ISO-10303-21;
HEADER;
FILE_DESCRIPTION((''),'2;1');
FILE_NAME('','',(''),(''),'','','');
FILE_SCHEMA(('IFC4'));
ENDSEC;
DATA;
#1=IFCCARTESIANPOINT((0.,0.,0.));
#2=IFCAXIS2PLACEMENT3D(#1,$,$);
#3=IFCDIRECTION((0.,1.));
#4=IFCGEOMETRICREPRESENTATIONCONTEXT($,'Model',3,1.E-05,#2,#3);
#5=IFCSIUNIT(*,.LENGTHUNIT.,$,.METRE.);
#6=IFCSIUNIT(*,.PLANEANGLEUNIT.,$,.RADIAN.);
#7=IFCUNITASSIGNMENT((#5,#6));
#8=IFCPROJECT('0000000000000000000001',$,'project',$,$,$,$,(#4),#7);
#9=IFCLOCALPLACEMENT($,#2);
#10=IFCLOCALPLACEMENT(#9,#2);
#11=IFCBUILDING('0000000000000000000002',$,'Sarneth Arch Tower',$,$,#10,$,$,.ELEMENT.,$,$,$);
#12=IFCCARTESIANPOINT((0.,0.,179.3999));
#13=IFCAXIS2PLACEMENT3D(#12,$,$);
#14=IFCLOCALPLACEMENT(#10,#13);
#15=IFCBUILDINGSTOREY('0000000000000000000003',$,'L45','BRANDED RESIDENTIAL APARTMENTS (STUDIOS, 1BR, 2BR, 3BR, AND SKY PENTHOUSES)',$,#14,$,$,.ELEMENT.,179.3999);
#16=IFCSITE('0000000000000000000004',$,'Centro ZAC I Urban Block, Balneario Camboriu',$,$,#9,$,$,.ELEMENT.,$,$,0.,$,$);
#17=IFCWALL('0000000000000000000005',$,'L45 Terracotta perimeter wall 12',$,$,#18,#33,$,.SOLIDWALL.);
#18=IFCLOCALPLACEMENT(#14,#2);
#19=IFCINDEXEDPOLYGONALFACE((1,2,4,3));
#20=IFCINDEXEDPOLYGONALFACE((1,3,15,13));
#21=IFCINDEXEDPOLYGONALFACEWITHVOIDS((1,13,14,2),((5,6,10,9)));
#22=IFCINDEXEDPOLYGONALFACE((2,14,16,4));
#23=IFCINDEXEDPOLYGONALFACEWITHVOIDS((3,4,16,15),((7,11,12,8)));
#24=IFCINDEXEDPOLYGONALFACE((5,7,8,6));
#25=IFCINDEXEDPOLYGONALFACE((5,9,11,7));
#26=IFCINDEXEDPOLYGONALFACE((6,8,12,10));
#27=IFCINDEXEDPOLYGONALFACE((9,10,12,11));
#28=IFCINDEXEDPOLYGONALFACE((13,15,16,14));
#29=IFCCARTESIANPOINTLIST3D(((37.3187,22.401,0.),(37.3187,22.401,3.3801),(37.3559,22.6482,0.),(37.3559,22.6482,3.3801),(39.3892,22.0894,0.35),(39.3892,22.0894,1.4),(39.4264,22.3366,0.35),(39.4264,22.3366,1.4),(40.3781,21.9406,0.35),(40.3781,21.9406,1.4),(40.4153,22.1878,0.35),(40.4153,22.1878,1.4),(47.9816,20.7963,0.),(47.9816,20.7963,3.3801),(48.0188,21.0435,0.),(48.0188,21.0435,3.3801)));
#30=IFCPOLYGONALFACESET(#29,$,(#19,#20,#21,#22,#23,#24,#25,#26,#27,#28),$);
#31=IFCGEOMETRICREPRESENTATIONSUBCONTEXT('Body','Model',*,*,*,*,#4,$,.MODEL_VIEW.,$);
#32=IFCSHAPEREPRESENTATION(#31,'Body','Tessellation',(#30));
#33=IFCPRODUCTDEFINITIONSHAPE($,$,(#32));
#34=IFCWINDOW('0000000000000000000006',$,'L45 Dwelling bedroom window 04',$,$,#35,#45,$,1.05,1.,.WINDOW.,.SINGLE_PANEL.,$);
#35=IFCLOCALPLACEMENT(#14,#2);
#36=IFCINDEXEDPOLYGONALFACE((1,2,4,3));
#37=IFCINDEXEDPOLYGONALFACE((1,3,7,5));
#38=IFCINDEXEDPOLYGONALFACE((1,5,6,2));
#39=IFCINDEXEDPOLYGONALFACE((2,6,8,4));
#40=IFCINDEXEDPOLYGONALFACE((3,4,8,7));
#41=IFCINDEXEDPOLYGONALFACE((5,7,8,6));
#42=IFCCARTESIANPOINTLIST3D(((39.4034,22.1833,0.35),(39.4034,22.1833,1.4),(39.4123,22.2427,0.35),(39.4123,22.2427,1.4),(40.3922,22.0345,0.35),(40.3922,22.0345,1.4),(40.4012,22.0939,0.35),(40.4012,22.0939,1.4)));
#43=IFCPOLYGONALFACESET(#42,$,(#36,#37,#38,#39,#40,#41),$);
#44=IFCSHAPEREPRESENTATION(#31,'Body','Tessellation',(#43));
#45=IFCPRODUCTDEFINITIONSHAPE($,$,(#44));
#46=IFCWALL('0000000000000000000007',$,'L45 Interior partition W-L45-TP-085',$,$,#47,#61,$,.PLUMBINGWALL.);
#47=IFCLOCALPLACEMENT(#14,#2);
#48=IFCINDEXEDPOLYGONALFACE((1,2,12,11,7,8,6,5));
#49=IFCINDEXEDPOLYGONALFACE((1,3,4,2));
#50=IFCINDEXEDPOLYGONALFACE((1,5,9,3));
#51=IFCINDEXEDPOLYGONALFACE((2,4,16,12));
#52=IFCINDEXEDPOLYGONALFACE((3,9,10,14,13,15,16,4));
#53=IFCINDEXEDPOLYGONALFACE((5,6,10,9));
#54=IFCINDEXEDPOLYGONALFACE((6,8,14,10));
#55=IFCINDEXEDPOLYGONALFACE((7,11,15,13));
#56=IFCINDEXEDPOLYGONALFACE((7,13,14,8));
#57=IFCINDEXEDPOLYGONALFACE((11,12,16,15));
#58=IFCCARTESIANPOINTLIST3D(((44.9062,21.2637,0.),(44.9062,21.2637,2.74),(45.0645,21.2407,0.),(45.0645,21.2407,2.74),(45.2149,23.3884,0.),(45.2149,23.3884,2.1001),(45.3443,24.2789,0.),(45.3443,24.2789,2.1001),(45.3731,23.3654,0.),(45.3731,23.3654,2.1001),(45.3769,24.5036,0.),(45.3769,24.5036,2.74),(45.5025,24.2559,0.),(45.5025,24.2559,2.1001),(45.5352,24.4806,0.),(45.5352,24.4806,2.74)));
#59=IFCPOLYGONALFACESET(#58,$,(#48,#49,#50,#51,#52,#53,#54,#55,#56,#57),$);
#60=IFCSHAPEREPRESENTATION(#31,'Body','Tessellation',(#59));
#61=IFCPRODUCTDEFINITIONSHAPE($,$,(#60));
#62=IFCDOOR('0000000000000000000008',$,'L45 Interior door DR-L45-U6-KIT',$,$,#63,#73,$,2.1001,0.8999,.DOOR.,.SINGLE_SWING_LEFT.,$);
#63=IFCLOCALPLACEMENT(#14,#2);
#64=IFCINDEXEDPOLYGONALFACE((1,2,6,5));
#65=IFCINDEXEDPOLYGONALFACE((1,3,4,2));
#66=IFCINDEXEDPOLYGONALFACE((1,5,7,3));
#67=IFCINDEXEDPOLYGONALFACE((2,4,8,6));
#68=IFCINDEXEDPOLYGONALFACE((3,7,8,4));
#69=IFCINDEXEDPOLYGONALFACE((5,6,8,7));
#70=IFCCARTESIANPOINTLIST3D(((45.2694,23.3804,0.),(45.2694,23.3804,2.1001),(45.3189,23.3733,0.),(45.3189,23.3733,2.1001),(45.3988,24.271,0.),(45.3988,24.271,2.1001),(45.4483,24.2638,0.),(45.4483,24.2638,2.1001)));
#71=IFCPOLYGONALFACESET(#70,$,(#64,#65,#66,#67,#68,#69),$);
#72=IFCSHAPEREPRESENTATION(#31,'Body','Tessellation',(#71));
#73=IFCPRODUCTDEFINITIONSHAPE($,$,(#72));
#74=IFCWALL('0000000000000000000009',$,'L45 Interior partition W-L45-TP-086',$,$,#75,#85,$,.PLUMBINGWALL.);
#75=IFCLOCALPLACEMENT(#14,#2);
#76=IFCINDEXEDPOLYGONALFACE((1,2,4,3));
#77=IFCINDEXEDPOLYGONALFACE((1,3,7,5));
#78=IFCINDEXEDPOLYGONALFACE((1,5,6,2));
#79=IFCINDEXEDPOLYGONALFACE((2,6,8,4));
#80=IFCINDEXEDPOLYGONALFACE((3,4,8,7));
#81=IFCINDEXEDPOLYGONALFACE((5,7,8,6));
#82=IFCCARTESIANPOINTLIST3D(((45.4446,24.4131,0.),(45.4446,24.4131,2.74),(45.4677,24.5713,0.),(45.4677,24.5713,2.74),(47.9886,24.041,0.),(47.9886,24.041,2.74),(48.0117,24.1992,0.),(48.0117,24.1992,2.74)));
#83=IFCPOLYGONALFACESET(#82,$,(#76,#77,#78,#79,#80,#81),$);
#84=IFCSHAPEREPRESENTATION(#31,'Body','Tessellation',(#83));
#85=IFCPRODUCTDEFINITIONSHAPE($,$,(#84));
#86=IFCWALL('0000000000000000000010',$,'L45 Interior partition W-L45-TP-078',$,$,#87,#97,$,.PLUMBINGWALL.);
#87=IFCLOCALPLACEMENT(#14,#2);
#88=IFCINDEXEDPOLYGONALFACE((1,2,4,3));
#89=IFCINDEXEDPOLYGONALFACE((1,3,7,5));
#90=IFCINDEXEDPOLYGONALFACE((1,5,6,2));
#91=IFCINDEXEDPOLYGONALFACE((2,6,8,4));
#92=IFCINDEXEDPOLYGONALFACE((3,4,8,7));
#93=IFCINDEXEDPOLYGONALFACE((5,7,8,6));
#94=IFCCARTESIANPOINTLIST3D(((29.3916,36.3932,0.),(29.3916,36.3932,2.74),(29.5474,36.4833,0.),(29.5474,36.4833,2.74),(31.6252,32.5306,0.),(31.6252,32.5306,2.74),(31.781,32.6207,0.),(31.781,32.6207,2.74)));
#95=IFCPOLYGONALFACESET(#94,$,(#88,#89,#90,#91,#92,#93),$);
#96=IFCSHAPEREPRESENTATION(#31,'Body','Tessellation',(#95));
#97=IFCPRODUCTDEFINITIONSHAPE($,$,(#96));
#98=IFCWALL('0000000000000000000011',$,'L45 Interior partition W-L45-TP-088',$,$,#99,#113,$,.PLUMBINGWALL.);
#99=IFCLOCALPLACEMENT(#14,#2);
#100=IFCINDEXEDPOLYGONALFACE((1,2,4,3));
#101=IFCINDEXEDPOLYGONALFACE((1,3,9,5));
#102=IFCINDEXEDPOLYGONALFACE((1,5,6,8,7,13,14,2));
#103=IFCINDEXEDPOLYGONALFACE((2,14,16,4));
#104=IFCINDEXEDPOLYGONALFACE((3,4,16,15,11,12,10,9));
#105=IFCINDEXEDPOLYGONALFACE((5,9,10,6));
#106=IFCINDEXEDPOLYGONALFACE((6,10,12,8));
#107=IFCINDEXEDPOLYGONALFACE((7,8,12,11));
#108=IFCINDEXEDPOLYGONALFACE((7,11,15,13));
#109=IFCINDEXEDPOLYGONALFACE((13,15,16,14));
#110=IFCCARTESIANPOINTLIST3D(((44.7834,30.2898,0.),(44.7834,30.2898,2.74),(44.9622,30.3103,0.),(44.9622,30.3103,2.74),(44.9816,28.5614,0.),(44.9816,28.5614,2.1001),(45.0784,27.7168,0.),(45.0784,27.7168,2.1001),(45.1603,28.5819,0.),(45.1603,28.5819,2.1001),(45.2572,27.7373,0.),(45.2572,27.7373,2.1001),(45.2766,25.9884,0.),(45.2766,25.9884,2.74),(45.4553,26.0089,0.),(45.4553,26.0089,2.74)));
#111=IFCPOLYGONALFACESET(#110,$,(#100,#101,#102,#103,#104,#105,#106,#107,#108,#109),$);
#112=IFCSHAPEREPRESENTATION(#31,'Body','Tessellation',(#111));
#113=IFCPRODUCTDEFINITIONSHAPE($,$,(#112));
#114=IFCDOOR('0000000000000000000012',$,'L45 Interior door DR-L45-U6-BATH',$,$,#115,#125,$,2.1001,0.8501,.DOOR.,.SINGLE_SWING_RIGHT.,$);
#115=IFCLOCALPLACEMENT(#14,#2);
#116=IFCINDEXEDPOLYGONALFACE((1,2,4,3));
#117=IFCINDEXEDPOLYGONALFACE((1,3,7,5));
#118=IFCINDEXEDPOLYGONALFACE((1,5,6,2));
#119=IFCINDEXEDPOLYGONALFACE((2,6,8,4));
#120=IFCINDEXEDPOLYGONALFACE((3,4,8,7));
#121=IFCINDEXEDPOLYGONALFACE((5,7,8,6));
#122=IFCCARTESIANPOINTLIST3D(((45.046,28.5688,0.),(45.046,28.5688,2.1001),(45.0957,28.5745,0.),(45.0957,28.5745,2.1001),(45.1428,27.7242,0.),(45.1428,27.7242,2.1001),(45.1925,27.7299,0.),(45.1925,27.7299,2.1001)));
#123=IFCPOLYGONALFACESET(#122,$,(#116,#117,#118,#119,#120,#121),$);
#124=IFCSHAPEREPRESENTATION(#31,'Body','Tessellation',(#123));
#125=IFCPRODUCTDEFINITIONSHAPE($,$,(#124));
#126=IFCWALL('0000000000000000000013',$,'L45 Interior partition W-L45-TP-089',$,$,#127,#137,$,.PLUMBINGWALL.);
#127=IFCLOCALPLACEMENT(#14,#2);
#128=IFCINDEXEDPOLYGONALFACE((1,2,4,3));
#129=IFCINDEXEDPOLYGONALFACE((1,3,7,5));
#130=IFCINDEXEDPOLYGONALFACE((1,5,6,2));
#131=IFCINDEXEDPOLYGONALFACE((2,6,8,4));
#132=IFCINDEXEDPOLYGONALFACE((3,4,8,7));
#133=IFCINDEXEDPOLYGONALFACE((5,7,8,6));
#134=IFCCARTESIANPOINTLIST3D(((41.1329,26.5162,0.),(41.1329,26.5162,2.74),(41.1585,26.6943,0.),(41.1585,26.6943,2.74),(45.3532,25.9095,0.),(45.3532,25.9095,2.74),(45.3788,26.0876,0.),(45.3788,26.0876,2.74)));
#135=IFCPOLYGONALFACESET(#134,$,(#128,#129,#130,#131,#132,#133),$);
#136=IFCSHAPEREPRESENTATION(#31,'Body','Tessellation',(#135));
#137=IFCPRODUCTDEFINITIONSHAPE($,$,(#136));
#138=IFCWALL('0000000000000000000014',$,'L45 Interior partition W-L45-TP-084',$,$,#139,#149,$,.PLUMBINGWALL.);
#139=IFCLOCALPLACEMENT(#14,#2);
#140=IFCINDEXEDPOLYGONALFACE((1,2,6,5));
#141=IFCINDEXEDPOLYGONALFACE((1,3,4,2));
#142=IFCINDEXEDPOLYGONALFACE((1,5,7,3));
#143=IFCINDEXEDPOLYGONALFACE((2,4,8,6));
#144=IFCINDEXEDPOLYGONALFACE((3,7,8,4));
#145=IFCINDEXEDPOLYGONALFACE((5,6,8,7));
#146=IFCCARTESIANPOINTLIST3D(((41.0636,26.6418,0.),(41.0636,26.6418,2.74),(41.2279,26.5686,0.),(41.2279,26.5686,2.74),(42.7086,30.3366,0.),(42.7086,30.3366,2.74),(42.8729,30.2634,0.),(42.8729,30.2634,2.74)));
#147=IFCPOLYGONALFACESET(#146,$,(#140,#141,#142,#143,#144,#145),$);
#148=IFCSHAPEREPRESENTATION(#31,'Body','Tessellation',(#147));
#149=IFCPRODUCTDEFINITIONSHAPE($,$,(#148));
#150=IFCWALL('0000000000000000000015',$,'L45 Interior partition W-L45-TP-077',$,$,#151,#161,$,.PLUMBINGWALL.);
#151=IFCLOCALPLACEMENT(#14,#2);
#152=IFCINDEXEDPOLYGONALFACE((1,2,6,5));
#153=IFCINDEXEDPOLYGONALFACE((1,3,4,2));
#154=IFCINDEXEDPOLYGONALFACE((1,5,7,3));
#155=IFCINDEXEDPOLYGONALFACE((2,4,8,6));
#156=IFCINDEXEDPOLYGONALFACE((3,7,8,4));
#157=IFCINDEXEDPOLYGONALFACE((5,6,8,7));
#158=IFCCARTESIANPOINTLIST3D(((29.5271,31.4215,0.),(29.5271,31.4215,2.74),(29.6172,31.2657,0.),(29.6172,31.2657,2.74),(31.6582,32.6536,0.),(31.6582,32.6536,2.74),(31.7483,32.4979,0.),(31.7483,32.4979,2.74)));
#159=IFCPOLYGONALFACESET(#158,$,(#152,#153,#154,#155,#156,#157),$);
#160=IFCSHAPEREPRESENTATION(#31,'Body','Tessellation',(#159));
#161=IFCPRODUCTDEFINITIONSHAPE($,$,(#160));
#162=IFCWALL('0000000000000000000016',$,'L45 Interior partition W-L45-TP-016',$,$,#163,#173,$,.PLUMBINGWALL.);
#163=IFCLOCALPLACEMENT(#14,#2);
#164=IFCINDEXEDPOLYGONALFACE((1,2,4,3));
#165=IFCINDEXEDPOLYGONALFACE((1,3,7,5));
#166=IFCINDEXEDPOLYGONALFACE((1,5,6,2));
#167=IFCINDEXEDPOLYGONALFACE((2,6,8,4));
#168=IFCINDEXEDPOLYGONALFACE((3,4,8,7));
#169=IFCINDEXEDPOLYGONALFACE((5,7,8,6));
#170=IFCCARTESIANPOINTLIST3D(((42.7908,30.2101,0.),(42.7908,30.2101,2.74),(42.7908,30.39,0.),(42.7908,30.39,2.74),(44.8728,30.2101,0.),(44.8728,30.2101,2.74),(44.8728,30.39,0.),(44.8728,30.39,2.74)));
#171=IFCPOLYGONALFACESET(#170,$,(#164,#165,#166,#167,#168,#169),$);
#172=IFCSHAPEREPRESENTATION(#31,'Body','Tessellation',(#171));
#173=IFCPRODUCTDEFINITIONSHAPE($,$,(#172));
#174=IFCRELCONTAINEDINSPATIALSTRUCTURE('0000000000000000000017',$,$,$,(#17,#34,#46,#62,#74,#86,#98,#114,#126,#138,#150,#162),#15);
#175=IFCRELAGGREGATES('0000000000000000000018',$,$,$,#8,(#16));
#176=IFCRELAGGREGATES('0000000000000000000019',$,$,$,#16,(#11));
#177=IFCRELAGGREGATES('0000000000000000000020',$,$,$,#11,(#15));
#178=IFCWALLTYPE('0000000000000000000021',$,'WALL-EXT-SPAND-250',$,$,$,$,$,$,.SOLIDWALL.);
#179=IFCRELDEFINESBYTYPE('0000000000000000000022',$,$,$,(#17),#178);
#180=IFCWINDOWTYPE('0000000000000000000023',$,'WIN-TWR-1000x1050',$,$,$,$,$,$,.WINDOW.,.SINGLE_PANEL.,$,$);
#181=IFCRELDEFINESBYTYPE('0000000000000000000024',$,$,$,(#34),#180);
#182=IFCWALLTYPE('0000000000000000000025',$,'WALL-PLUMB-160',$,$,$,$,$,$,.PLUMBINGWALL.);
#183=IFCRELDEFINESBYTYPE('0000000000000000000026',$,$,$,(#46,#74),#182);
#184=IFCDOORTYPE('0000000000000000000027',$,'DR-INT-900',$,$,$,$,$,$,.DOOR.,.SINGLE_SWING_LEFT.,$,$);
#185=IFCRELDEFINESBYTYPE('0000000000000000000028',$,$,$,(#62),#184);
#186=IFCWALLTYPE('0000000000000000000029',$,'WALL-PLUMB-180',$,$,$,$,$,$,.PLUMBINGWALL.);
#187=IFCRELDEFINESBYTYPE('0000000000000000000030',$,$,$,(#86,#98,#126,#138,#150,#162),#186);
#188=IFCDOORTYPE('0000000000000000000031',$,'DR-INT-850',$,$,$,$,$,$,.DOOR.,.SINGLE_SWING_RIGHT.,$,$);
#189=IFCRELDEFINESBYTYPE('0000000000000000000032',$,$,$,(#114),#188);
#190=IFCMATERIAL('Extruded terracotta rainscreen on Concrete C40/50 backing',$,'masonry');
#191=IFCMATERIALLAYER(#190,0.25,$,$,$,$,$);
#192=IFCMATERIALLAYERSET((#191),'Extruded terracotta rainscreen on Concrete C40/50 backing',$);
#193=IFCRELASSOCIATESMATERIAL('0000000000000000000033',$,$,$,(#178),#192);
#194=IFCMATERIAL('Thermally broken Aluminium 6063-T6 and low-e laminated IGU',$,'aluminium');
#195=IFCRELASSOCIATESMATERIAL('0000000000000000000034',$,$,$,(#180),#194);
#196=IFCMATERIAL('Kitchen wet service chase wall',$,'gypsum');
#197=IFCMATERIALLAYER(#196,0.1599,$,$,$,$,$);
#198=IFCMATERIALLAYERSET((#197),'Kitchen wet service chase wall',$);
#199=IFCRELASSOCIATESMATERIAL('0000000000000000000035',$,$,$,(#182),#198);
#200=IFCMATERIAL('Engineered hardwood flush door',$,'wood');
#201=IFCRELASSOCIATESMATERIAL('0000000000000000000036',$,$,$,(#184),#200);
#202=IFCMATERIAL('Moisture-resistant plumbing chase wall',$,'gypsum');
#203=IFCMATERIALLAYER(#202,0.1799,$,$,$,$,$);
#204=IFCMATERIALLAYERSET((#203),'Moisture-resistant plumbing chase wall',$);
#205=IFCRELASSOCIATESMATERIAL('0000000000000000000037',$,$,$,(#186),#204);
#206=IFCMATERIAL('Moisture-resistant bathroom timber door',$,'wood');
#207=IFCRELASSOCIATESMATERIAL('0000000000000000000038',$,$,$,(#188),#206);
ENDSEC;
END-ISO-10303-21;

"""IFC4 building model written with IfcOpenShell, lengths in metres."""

from ifc_helpers import new_model, si_unit, direction, frame, frame_2d, origin, place, context, subcontext, project, spatial, rectangle, extrude, material, layer, layer_set, type_object, element, fill, save


model = new_model("IFC4")

# Units and contexts
model_context = context("Model", 3, precision=1e-05, world=origin(), true_north=direction((0.0, 1.0)))
body_context = subcontext(model_context, "Body", "Model", "MODEL_VIEW")
ifc_project = project(units=[si_unit("LENGTHUNIT", "METRE"), si_unit("PLANEANGLEUNIT", "RADIAN")], contexts=[model_context])

# Site, building, storey
site_placement = place(None, origin())
site = spatial("IfcSite", under=ifc_project, at=site_placement, Name="Centro ZAC I Urban Block, Balneario Camboriu", CompositionType="ELEMENT", RefElevation=0.0)
building_placement = place(site_placement, origin())
building = spatial("IfcBuilding", under=site, at=building_placement, Name="Sarneth Arch Tower", CompositionType="ELEMENT")
storey_placement = place(building_placement, frame((0.0, 0.0, 179.3999)))
storey = spatial("IfcBuildingStorey", under=building, at=storey_placement, Name="L45", Description="BRANDED RESIDENTIAL APARTMENTS (STUDIOS, 1BR, 2BR, 3BR, AND SKY PENTHOUSES)", CompositionType="ELEMENT", Elevation=179.3999)

# Wall, opening, window
ifc_material_1 = material(Name="Extruded terracotta rainscreen on Concrete C40/50 backing", Category="masonry")
ifc_layer_1 = layer(ifc_material_1, 0.25)
ifc_layer_set_1 = layer_set([ifc_layer_1], Name="Extruded terracotta rainscreen on Concrete C40/50 backing")
wall_type_1 = type_object("IfcWallType", Name="WALL-EXT-SPAND-250", PredefinedType="SOLIDWALL", material=ifc_layer_set_1)
wall_1_placement = place(storey_placement, frame((37.3372, 22.5247, 0.0), z_axis=(0.0, 0.0, 1.0), x_axis=(0.988864, -0.148822, 0.0)))
wall_1 = element("IfcWall", 1, at=wall_1_placement, inside=storey, type_object=wall_type_1, Name="L45 Terracotta perimeter wall 12", PredefinedType="SOLIDWALL", context=body_context, shape_type="SweptSolid", body=[
    extrude(rectangle(XDim=10.783, YDim=0.25, at=frame_2d((5.3916, 0.0))), origin(), (0.0, 0.0, 1.0), 3.3801),
])
opening_1_placement = place(wall_1_placement, frame((2.094, 0.0, 0.3501)))
opening_1 = element("IfcOpeningElement", 2, at=opening_1_placement, cuts=wall_1, PredefinedType="OPENING", context=body_context, shape_type="SweptSolid", body=[
    extrude(rectangle(XDim=1.0, YDim=1.05, at=frame_2d((0.5, 0.5249))), frame((0.0, 0.135, 0.0), z_axis=(0.0, -1.0, 0.0), x_axis=(1.0, 0.0, 0.0)), (0.0, 0.0, 1.0), 0.27),
])
ifc_material_2 = material(Name="Thermally broken Aluminium 6063-T6 and low-e laminated IGU", Category="aluminium")
window_type = type_object("IfcWindowType", Name="WIN-TWR-1000x1050", PartitioningType="SINGLE_PANEL", PredefinedType="WINDOW", material=ifc_material_2)
window_placement = place(opening_1_placement, origin())
window = element("IfcWindow", 3, at=window_placement, inside=storey, type_object=window_type, Name="L45 Dwelling bedroom window 04", OverallHeight=1.05, OverallWidth=1.0, PartitioningType="SINGLE_PANEL", PredefinedType="WINDOW", context=body_context, shape_type="SweptSolid", body=[
    extrude(rectangle(XDim=1.0, YDim=1.05, at=frame_2d((0.5, 0.5249))), frame((0.0, 0.03, 0.0), z_axis=(0.0, -1.0, 0.0), x_axis=(1.0, 0.0, 0.0)), (0.0, 0.0, 1.0), 0.0601),
])
fill(opening_1, window)

# Wall, opening, door
ifc_material_3 = material(Name="Kitchen wet service chase wall", Category="gypsum")
ifc_layer_2 = layer(ifc_material_3, 0.1599)
ifc_layer_set_2 = layer_set([ifc_layer_2], Name="Kitchen wet service chase wall")
wall_type_2 = type_object("IfcWallType", Name="WALL-PLUMB-160", PredefinedType="PLUMBINGWALL", material=ifc_layer_set_2)
wall_2_placement = place(storey_placement, frame((44.9854, 21.2522, 0.0), z_axis=(0.0, 0.0, 1.0), x_axis=(0.14377, 0.989611, 0.0)))
wall_2 = element("IfcWall", 4, at=wall_2_placement, inside=storey, type_object=wall_type_2, Name="L45 Interior partition W-L45-TP-085", PredefinedType="PLUMBINGWALL", context=body_context, shape_type="SweptSolid", body=[
    extrude(rectangle(XDim=3.2739, YDim=0.1599, at=frame_2d((1.637, 0.0))), origin(), (0.0, 0.0, 1.0), 2.74),
])
opening_2_placement = place(wall_2_placement, frame((2.147, 0.0, 0.0)))
opening_2 = element("IfcOpeningElement", 5, at=opening_2_placement, cuts=wall_2, PredefinedType="OPENING", context=body_context, shape_type="SweptSolid", body=[
    extrude(rectangle(XDim=0.8999, YDim=2.1001, at=frame_2d((0.45, 1.05))), frame((0.0, 0.0898, 0.0), z_axis=(0.0, -1.0, 0.0), x_axis=(1.0, 0.0, 0.0)), (0.0, 0.0, 1.0), 0.1799),
])
ifc_material_4 = material(Name="Engineered hardwood flush door", Category="wood")
door_type_1 = type_object("IfcDoorType", Name="DR-INT-900", OperationType="SINGLE_SWING_LEFT", PredefinedType="DOOR", material=ifc_material_4)
door_1_placement = place(opening_2_placement, origin())
door_1 = element("IfcDoor", 6, at=door_1_placement, inside=storey, type_object=door_type_1, Name="L45 Interior door DR-L45-U6-KIT", OperationType="SINGLE_SWING_LEFT", OverallHeight=2.1001, OverallWidth=0.8999, PredefinedType="DOOR", context=body_context, shape_type="SweptSolid", body=[
    extrude(rectangle(XDim=0.8999, YDim=2.1001, at=frame_2d((0.45, 1.05))), frame((0.0, 0.0249, 0.0), z_axis=(0.0, -1.0, 0.0), x_axis=(1.0, 0.0, 0.0)), (0.0, 0.0, 1.0), 0.05),
])
fill(opening_2, door_1)

# Walls
wall_3_placement = place(storey_placement, frame((45.4561, 24.4922, 0.0), z_axis=(0.0, 0.0, 1.0), x_axis=(0.989473, -0.144718, 0.0)))
element("IfcWall", 7, at=wall_3_placement, inside=storey, type_object=wall_type_2, Name="L45 Interior partition W-L45-TP-086", PredefinedType="PLUMBINGWALL", context=body_context, shape_type="SweptSolid", body=[
    extrude(rectangle(XDim=2.571, YDim=0.1599, at=frame_2d((1.2856, 0.0))), origin(), (0.0, 0.0, 1.0), 2.74),
])
ifc_material_5 = material(Name="Moisture-resistant plumbing chase wall", Category="gypsum")
ifc_layer_3 = layer(ifc_material_5, 0.1799)
ifc_layer_set_3 = layer_set([ifc_layer_3], Name="Moisture-resistant plumbing chase wall")
wall_type_3 = type_object("IfcWallType", Name="WALL-PLUMB-180", PredefinedType="PLUMBINGWALL", material=ifc_layer_set_3)
wall_4_placement = place(storey_placement, frame((31.7031, 32.5757, 0.0), z_axis=(0.0, 0.0, 1.0), x_axis=(-0.500605, 0.865676, 0.0)))
element("IfcWall", 8, at=wall_4_placement, inside=storey, type_object=wall_type_3, Name="L45 Interior partition W-L45-TP-078", PredefinedType="PLUMBINGWALL", context=body_context, shape_type="SweptSolid", body=[
    extrude(rectangle(XDim=4.4619, YDim=0.1799, at=frame_2d((2.231, 0.0))), origin(), (0.0, 0.0, 1.0), 2.74),
])

# Wall, opening, door
wall_5_placement = place(storey_placement, frame((44.8728, 30.3, 0.0), z_axis=(0.0, 0.0, 1.0), x_axis=(0.113903, -0.993492, 0.0)))
wall_5 = element("IfcWall", 9, at=wall_5_placement, inside=storey, type_object=wall_type_3, Name="L45 Interior partition W-L45-TP-088", PredefinedType="PLUMBINGWALL", context=body_context, shape_type="SweptSolid", body=[
    extrude(rectangle(XDim=4.3296, YDim=0.1799, at=frame_2d((2.1648, 0.0))), origin(), (0.0, 0.0, 1.0), 2.74),
])
opening_3_placement = place(wall_5_placement, frame((1.7397, 0.0, 0.0)))
opening_3 = element("IfcOpeningElement", 10, at=opening_3_placement, cuts=wall_5, PredefinedType="OPENING", context=body_context, shape_type="SweptSolid", body=[
    extrude(rectangle(XDim=0.8501, YDim=2.1001, at=frame_2d((0.425, 1.05))), frame((0.0, 0.0999, 0.0), z_axis=(0.0, -1.0, 0.0), x_axis=(1.0, 0.0, 0.0)), (0.0, 0.0, 1.0), 0.2),
])
ifc_material_6 = material(Name="Moisture-resistant bathroom timber door", Category="wood")
door_type_2 = type_object("IfcDoorType", Name="DR-INT-850", OperationType="SINGLE_SWING_RIGHT", PredefinedType="DOOR", material=ifc_material_6)
door_2_placement = place(opening_3_placement, origin())
door_2 = element("IfcDoor", 11, at=door_2_placement, inside=storey, type_object=door_type_2, Name="L45 Interior door DR-L45-U6-BATH", OperationType="SINGLE_SWING_RIGHT", OverallHeight=2.1001, OverallWidth=0.8501, PredefinedType="DOOR", context=body_context, shape_type="SweptSolid", body=[
    extrude(rectangle(XDim=0.8501, YDim=2.1001, at=frame_2d((0.425, 1.05))), frame((0.0, 0.0249, 0.0), z_axis=(0.0, -1.0, 0.0), x_axis=(1.0, 0.0, 0.0)), (0.0, 0.0, 1.0), 0.05),
])
fill(opening_3, door_2)

# Walls
wall_6_placement = place(storey_placement, frame((45.366, 25.9985, 0.0), z_axis=(0.0, 0.0, 1.0), x_axis=(-0.989824, 0.142295, 0.0)))
element("IfcWall", 12, at=wall_6_placement, inside=storey, type_object=wall_type_3, Name="L45 Interior partition W-L45-TP-089", PredefinedType="PLUMBINGWALL", context=body_context, shape_type="SweptSolid", body=[
    extrude(rectangle(XDim=4.2637, YDim=0.1799, at=frame_2d((2.1318, 0.0))), origin(), (0.0, 0.0, 1.0), 2.74),
])
wall_7_placement = place(storey_placement, frame((41.1458, 26.6052, 0.0), z_axis=(0.0, 0.0, 1.0), x_axis=(0.406732, 0.913547, 0.0)))
element("IfcWall", 13, at=wall_7_placement, inside=storey, type_object=wall_type_3, Name="L45 Interior partition W-L45-TP-084", PredefinedType="PLUMBINGWALL", context=body_context, shape_type="SweptSolid", body=[
    extrude(rectangle(XDim=4.0444, YDim=0.1799, at=frame_2d((2.0222, 0.0))), origin(), (0.0, 0.0, 1.0), 2.74),
])
wall_8_placement = place(storey_placement, frame((29.572, 31.3435, 0.0), z_axis=(0.0, 0.0, 1.0), x_axis=(0.865711, 0.500544, 0.0)))
element("IfcWall", 14, at=wall_8_placement, inside=storey, type_object=wall_type_3, Name="L45 Interior partition W-L45-TP-077", PredefinedType="PLUMBINGWALL", context=body_context, shape_type="SweptSolid", body=[
    extrude(rectangle(XDim=2.4617, YDim=0.1799, at=frame_2d((1.231, 0.0))), origin(), (0.0, 0.0, 1.0), 2.74),
])
wall_9_placement = place(storey_placement, frame((42.7908, 30.3, 0.0), z_axis=(0.0, 0.0, 1.0), x_axis=(1.0, 0.0, 0.0)))
element("IfcWall", 15, at=wall_9_placement, inside=storey, type_object=wall_type_3, Name="L45 Interior partition W-L45-TP-016", PredefinedType="PLUMBINGWALL", context=body_context, shape_type="SweptSolid", body=[
    extrude(rectangle(XDim=2.082, YDim=0.1799, at=frame_2d((1.041, 0.0))), origin(), (0.0, 0.0, 1.0), 2.74),
])

save(model, "model.ifc")
